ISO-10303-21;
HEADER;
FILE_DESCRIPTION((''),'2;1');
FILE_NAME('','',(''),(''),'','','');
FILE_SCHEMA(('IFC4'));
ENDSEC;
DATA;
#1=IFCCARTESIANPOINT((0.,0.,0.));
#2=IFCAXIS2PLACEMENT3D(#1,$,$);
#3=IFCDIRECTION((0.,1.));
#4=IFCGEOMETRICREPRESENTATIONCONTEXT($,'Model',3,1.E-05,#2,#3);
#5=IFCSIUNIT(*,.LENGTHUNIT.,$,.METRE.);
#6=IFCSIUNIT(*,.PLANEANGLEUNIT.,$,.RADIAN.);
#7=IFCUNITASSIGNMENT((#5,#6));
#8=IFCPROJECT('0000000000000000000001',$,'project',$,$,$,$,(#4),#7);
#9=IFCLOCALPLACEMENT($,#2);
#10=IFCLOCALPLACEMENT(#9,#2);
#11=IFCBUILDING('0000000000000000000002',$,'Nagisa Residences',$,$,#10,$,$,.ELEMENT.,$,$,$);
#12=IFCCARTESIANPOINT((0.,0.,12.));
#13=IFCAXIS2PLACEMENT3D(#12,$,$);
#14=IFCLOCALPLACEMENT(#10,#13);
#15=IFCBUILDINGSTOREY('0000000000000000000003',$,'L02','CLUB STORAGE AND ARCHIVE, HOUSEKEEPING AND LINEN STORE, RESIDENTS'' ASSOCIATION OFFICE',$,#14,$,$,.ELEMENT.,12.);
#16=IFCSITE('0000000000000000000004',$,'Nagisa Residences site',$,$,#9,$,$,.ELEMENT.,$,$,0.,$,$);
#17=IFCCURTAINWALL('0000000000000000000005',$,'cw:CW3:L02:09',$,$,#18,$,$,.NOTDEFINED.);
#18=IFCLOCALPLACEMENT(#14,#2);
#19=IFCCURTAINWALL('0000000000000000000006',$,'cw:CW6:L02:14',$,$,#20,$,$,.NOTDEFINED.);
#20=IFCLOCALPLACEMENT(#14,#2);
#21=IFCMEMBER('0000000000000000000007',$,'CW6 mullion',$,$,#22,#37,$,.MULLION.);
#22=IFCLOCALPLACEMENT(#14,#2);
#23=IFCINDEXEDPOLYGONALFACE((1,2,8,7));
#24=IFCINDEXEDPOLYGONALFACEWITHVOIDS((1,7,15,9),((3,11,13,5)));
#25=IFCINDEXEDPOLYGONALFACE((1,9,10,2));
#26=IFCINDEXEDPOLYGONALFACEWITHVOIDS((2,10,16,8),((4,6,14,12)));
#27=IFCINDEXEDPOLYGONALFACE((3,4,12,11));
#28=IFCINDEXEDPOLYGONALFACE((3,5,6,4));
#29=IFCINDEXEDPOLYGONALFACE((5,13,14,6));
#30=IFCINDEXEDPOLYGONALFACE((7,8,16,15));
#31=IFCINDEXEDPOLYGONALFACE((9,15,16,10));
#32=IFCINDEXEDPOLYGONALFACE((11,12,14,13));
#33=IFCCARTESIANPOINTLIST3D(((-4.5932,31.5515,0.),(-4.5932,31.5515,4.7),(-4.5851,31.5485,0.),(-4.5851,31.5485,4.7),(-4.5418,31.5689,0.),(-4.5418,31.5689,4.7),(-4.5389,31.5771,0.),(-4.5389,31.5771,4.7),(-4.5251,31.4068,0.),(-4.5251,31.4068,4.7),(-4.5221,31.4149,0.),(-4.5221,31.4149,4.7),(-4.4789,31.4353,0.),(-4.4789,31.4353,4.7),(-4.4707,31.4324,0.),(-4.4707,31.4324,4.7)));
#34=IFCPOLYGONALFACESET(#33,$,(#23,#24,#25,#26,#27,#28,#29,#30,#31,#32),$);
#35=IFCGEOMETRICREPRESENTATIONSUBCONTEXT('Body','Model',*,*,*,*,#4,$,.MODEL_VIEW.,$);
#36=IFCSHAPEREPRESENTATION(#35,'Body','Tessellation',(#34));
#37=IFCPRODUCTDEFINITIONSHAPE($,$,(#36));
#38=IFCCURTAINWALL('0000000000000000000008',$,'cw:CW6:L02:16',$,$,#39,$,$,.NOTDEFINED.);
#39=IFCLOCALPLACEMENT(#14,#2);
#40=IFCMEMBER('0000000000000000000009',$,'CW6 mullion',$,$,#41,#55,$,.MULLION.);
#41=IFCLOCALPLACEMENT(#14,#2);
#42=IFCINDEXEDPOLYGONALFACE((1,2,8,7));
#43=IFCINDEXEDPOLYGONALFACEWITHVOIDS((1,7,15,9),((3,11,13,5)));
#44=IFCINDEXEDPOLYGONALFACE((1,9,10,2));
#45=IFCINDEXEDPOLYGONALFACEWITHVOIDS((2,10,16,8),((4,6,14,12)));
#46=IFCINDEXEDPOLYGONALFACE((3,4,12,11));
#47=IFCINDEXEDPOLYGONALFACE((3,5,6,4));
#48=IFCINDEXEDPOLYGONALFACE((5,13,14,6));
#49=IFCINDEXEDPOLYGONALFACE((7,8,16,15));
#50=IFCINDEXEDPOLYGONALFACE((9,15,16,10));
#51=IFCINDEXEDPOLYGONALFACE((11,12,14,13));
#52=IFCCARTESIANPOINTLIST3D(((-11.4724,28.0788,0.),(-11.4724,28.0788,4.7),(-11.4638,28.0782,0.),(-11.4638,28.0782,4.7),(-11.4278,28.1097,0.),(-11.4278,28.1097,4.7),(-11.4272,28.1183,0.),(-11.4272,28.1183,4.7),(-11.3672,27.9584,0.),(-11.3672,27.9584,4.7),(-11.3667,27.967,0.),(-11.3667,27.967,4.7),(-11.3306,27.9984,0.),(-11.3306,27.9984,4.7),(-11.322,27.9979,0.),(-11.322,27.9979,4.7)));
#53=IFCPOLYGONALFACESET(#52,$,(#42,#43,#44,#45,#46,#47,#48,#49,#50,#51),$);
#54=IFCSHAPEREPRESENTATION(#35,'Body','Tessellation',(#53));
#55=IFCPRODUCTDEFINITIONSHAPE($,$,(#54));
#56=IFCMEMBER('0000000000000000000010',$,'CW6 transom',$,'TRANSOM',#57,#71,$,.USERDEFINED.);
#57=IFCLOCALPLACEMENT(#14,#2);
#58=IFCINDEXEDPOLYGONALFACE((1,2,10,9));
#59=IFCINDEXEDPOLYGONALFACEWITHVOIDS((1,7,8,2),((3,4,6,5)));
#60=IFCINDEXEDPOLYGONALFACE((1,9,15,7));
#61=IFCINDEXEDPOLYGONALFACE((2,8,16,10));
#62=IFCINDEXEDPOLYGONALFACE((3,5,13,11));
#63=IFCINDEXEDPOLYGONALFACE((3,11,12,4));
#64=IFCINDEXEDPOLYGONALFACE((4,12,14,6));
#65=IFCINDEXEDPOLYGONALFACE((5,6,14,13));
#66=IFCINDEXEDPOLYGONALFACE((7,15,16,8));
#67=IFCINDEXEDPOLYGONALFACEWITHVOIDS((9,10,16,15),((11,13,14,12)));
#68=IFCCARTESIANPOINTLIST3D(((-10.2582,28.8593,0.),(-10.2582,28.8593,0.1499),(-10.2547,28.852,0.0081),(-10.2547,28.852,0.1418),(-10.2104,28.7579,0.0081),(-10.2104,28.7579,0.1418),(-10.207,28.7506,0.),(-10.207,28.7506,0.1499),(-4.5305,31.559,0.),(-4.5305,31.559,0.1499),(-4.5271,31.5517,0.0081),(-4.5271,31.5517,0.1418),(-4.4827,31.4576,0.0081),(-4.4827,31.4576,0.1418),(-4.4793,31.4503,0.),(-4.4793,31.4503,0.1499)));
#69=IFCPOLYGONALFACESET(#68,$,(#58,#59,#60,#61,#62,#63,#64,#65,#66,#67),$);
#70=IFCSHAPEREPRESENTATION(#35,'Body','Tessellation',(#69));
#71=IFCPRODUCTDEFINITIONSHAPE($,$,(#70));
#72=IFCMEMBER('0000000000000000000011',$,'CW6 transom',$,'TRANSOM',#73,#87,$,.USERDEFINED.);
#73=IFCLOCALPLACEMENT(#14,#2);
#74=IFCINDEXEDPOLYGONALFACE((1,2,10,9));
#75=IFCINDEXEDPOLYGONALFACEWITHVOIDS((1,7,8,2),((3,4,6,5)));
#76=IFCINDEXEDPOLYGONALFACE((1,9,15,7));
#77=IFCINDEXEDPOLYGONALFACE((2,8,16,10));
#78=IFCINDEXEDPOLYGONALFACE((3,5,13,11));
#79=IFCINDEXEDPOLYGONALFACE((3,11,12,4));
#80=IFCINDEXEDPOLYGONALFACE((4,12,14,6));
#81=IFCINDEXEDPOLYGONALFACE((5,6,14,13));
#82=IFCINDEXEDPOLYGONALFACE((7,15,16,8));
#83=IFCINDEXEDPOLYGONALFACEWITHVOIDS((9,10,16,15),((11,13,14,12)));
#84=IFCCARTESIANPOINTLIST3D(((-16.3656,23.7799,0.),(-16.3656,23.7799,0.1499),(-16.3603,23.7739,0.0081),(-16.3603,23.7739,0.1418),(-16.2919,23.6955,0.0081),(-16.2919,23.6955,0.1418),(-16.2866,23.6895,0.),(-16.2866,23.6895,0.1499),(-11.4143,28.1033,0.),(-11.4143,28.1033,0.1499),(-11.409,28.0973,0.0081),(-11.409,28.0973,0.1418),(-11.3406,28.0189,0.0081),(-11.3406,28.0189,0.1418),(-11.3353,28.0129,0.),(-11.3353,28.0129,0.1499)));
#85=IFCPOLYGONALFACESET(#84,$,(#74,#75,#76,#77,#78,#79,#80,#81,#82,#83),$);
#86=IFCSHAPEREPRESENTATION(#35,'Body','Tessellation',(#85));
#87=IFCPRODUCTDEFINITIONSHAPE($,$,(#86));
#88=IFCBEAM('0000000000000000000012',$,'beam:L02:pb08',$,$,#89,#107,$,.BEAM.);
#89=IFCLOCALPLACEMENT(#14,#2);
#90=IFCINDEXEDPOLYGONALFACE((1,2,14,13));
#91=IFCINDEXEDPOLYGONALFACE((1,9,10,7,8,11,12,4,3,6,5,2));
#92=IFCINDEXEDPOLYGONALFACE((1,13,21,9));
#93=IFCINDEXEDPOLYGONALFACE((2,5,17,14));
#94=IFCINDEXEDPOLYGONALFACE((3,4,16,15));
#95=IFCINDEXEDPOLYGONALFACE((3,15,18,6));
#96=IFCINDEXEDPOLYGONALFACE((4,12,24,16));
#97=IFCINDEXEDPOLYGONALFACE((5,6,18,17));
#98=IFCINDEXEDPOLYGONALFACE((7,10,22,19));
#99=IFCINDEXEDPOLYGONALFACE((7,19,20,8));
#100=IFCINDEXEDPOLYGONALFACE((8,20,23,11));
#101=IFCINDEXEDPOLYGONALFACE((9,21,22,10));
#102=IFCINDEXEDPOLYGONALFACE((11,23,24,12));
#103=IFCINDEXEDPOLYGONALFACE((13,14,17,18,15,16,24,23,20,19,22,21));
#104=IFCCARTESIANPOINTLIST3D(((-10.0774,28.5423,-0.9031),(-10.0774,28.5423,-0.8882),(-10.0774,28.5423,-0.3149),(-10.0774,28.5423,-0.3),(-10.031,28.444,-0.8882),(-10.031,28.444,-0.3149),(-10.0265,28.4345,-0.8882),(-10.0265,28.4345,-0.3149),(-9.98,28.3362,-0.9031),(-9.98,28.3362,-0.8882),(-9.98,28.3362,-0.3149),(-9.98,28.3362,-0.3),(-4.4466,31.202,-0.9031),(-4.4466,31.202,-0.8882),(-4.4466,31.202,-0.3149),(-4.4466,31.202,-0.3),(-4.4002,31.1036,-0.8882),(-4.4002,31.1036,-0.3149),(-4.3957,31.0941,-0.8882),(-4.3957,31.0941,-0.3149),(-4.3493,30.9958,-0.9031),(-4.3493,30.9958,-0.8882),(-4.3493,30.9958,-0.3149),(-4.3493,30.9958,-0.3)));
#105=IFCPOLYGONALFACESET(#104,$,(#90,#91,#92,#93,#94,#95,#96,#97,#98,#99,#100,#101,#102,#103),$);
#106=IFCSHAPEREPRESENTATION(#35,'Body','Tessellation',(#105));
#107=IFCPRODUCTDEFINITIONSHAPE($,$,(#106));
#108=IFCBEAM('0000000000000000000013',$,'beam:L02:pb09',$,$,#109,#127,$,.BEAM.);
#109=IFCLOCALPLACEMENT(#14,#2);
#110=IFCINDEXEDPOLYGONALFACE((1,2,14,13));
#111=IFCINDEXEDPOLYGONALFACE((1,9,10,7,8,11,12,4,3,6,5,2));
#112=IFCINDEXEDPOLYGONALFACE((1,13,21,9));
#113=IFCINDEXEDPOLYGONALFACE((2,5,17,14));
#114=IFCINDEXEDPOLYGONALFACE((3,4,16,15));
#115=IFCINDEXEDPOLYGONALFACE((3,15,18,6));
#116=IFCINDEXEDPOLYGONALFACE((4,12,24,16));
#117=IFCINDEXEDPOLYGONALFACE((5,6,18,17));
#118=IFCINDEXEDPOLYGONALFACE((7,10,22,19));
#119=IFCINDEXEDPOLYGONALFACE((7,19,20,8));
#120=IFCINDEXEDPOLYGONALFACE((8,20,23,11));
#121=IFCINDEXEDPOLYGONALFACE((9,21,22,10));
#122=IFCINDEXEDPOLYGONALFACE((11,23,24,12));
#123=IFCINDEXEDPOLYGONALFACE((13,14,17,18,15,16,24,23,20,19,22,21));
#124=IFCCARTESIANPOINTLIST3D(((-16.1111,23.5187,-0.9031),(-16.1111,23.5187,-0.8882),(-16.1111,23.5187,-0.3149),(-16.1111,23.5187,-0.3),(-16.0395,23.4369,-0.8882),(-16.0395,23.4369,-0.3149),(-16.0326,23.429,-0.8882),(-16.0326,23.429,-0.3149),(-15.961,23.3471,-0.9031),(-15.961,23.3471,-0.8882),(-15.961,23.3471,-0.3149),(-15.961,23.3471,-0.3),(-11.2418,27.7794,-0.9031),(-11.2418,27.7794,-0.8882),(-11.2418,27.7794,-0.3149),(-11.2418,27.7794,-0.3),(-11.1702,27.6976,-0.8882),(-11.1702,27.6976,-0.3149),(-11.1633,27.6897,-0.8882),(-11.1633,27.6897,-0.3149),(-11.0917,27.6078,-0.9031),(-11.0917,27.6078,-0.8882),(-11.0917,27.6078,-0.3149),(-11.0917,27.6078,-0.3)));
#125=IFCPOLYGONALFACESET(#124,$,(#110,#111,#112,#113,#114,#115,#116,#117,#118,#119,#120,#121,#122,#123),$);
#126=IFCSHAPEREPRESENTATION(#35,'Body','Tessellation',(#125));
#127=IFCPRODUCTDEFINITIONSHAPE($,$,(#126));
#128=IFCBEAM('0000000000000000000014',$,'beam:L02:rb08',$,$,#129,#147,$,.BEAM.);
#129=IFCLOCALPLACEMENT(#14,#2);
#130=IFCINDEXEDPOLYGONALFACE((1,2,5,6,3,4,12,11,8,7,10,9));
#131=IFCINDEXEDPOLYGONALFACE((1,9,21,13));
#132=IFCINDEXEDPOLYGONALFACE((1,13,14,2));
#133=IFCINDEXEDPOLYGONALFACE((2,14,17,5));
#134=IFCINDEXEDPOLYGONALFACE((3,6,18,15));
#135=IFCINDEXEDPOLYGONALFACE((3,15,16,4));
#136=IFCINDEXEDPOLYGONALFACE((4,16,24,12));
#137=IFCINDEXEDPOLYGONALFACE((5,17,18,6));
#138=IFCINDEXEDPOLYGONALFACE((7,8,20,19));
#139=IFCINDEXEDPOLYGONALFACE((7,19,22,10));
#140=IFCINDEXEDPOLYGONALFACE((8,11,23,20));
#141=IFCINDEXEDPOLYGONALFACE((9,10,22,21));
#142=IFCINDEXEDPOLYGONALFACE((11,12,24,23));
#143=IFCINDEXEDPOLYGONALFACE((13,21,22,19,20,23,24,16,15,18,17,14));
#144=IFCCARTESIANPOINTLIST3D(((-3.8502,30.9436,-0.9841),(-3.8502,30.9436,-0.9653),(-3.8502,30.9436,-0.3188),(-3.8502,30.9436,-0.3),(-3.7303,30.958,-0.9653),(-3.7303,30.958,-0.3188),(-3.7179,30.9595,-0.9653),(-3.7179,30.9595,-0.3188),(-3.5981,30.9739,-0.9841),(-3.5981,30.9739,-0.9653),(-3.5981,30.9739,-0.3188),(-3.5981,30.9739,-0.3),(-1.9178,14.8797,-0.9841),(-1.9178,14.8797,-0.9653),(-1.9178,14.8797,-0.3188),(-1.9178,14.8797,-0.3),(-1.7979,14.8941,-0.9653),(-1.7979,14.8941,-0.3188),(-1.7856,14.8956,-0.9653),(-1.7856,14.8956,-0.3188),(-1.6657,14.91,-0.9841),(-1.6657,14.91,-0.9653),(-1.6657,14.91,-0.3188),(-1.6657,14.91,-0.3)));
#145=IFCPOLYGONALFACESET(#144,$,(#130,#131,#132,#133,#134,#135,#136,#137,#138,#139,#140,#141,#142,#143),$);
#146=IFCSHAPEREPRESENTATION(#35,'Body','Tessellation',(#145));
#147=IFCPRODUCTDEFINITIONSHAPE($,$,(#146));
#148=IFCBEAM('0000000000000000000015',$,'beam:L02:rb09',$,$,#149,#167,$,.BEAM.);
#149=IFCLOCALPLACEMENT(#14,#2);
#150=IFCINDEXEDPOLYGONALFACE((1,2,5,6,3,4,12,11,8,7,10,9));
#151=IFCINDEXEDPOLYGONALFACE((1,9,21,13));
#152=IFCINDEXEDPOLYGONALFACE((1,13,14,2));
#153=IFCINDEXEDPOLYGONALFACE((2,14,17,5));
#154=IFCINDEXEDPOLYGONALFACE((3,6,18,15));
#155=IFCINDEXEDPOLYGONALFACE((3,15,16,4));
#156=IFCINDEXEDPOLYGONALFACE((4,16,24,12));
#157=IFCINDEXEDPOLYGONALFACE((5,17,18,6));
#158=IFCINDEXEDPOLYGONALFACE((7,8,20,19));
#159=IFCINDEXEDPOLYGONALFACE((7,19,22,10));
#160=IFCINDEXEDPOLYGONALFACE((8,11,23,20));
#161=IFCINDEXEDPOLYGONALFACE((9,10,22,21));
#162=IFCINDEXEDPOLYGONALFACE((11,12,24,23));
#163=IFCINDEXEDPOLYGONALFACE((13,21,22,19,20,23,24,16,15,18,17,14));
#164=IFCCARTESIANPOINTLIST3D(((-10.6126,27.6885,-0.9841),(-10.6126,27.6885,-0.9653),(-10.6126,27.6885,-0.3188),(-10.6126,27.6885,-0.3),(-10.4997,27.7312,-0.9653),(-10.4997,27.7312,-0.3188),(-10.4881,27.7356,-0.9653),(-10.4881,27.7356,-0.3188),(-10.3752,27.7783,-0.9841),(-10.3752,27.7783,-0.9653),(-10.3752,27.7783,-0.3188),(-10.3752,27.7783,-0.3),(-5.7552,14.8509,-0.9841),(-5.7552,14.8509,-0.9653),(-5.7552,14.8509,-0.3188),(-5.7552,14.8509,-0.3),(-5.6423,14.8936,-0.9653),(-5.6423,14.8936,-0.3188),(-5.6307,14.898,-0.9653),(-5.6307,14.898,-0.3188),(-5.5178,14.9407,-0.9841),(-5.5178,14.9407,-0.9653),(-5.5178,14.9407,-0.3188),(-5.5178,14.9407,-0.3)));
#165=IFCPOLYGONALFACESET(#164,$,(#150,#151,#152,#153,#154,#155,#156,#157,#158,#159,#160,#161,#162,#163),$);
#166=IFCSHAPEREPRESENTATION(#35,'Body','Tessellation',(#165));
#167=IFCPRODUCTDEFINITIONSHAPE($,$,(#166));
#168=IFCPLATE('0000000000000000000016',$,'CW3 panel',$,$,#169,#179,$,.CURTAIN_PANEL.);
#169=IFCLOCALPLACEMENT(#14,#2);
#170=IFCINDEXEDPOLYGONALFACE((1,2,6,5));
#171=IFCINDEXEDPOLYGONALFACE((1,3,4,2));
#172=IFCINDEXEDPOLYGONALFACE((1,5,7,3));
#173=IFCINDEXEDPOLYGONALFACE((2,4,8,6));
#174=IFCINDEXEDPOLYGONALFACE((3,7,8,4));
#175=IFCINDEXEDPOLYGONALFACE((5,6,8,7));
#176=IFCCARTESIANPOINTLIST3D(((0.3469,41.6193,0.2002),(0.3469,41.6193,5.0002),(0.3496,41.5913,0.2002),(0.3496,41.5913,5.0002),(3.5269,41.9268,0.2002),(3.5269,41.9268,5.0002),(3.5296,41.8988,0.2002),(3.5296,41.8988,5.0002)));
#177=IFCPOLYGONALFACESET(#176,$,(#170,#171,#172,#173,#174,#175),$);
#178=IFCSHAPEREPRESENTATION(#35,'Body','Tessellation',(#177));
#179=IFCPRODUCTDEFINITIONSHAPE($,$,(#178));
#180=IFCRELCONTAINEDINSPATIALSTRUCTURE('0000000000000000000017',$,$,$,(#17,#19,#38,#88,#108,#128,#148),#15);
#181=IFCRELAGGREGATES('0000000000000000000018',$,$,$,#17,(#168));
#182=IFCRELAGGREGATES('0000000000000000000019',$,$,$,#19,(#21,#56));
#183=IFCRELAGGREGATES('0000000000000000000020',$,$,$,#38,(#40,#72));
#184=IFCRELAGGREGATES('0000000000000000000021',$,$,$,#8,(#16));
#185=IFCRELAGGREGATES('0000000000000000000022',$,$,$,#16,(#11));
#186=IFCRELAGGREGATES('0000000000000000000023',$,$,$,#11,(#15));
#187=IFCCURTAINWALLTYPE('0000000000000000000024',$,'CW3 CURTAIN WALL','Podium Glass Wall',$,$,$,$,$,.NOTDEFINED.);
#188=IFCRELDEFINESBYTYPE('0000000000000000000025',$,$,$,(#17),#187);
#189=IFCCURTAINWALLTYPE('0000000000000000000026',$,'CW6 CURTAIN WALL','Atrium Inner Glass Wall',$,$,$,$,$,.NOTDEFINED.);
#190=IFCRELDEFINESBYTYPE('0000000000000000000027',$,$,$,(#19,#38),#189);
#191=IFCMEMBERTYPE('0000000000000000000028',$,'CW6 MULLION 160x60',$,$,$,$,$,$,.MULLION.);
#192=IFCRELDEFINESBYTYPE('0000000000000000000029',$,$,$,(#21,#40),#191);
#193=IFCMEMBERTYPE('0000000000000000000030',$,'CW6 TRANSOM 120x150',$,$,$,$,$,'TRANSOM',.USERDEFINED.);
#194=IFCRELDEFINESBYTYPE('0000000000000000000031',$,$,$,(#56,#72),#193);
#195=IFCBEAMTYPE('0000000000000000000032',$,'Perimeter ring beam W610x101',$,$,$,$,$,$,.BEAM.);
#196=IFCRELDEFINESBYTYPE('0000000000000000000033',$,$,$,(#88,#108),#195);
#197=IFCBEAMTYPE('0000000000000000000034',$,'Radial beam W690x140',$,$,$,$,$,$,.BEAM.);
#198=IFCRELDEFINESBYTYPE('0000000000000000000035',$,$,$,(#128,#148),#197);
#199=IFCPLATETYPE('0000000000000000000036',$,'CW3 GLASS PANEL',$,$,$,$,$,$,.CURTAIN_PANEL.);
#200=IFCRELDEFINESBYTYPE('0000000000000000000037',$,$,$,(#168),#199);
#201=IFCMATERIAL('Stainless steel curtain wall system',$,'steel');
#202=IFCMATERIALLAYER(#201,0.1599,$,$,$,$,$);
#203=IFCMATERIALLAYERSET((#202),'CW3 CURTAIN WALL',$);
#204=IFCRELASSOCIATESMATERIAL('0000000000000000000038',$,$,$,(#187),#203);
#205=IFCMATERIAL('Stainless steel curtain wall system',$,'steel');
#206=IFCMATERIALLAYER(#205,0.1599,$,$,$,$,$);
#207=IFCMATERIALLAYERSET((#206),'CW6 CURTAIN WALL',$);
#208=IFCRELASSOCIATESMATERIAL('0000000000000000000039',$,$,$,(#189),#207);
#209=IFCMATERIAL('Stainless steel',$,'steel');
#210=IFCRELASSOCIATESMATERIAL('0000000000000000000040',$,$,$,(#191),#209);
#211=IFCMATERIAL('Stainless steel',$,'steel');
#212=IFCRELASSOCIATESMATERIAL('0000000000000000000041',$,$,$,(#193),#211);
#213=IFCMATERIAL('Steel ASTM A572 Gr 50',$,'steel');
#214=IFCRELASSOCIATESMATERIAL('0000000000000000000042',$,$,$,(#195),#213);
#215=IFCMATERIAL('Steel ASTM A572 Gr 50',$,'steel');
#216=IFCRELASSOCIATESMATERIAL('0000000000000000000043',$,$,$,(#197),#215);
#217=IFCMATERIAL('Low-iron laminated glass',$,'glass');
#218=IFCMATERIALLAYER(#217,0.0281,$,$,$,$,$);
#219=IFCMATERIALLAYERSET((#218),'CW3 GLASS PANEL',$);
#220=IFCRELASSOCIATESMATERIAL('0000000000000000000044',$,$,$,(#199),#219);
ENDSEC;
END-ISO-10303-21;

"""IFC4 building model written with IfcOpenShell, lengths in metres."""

from ifc_helpers import new_model, si_unit, direction, frame, origin, origin_2d, place, context, subcontext, project, spatial, rectangle, hollow_rectangle, i_section, extrude, material, layer, layer_set, material_profile, profile_set, type_object, element, aggregate, save


model = new_model("IFC4")

# Units and contexts
model_context = context("Model", 3, precision=1e-05, world=origin(), true_north=direction((0.0, 1.0)))
body_context = subcontext(model_context, "Body", "Model", "MODEL_VIEW")
ifc_project = project(units=[si_unit("LENGTHUNIT", "METRE"), si_unit("PLANEANGLEUNIT", "RADIAN")], contexts=[model_context])

# Site, building, storey
site_placement = place(None, origin())
site = spatial("IfcSite", under=ifc_project, at=site_placement, Name="Nagisa Residences site", CompositionType="ELEMENT", RefElevation=0.0)
building_placement = place(site_placement, origin())
building = spatial("IfcBuilding", under=site, at=building_placement, Name="Nagisa Residences", CompositionType="ELEMENT")
storey_placement = place(building_placement, frame((0.0, 0.0, 12.0)))
storey = spatial("IfcBuildingStorey", under=building, at=storey_placement, Name="L02", Description="CLUB STORAGE AND ARCHIVE, HOUSEKEEPING AND LINEN STORE, RESIDENTS' ASSOCIATION OFFICE", CompositionType="ELEMENT", Elevation=12.0)

# Curtain wall
ifc_material_1 = material(Name="Stainless steel curtain wall system", Category="steel")
ifc_layer_1 = layer(ifc_material_1, 0.1599)
ifc_layer_set_1 = layer_set([ifc_layer_1], Name="CW3 CURTAIN WALL")
curtain_wall_type_1 = type_object("IfcCurtainWallType", Name="CW3 CURTAIN WALL", Description="Podium Glass Wall", PredefinedType="NOTDEFINED", material=ifc_layer_set_1)
curtain_wall_1_placement = place(storey_placement, origin())
curtain_wall_1 = element("IfcCurtainWall", 1, at=curtain_wall_1_placement, inside=storey, type_object=curtain_wall_type_1, Name="cw:CW3:L02:09", PredefinedType="NOTDEFINED")

# Curtain walls, members
ifc_material_2 = material(Name="Stainless steel curtain wall system", Category="steel")
ifc_layer_2 = layer(ifc_material_2, 0.1599)
ifc_layer_set_2 = layer_set([ifc_layer_2], Name="CW6 CURTAIN WALL")
curtain_wall_type_2 = type_object("IfcCurtainWallType", Name="CW6 CURTAIN WALL", Description="Atrium Inner Glass Wall", PredefinedType="NOTDEFINED", material=ifc_layer_set_2)
curtain_wall_2_placement = place(storey_placement, origin())
curtain_wall_2 = element("IfcCurtainWall", 2, at=curtain_wall_2_placement, inside=storey, type_object=curtain_wall_type_2, Name="cw:CW6:L02:14", PredefinedType="NOTDEFINED")
ifc_material_3 = material(Name="Stainless steel", Category="steel")
ifc_material_profile_1 = material_profile(ifc_material_3, hollow_rectangle(XDim=0.1599, YDim=0.0601, WallThickness=0.0061, at=origin_2d()), Name="CW6 MULLION 160x60")
ifc_profile_set_1 = profile_set([ifc_material_profile_1], Name="Stainless steel")
member_type_1 = type_object("IfcMemberType", Name="CW6 MULLION 160x60", PredefinedType="MULLION", material=ifc_profile_set_1)
member_1_placement = place(storey_placement, frame((-4.532, 31.4919, 0.0), z_axis=(0.0, 0.0, 1.0), x_axis=(0.426358, -0.904554, 0.0)))
member_1 = element("IfcMember", 3, at=member_1_placement, type_object=member_type_1, Name="CW6 mullion", PredefinedType="MULLION", context=body_context, shape_type="SweptSolid", body=[
    extrude(hollow_rectangle(XDim=0.1599, YDim=0.0601, WallThickness=0.0061, at=origin_2d()), origin(), (0.0, 0.0, 1.0), 4.7),
])
curtain_wall_3_placement = place(storey_placement, origin())
curtain_wall_3 = element("IfcCurtainWall", 4, at=curtain_wall_3_placement, inside=storey, type_object=curtain_wall_type_2, Name="cw:CW6:L02:16", PredefinedType="NOTDEFINED")
member_2_placement = place(storey_placement, frame((-11.3972, 28.0383, 0.0), z_axis=(0.0, 0.0, 1.0), x_axis=(0.657721, -0.753261, 0.0)))
member_2 = element("IfcMember", 5, at=member_2_placement, type_object=member_type_1, Name="CW6 mullion", PredefinedType="MULLION", context=body_context, shape_type="SweptSolid", body=[
    extrude(hollow_rectangle(XDim=0.1599, YDim=0.0601, WallThickness=0.0061, at=origin_2d()), origin(), (0.0, 0.0, 1.0), 4.7),
])

# Members
ifc_material_4 = material(Name="Stainless steel", Category="steel")
ifc_material_profile_2 = material_profile(ifc_material_4, hollow_rectangle(XDim=0.1201, YDim=0.1499, WallThickness=0.0081, at=origin_2d()), Name="CW6 TRANSOM 120x150")
ifc_profile_set_2 = profile_set([ifc_material_profile_2], Name="Stainless steel")
member_type_2 = type_object("IfcMemberType", Name="CW6 TRANSOM 120x150", ElementType="TRANSOM", PredefinedType="USERDEFINED", material=ifc_profile_set_2)
member_3_placement = place(storey_placement, frame((-4.5049, 31.5046, 0.075), z_axis=(-0.904558, -0.42635, 0.0), x_axis=(0.42635, -0.904558, 0.0)))
member_3 = element("IfcMember", 6, at=member_3_placement, type_object=member_type_2, Name="CW6 transom", ObjectType="TRANSOM", PredefinedType="USERDEFINED", context=body_context, shape_type="SweptSolid", body=[
    extrude(hollow_rectangle(XDim=0.1201, YDim=0.1499, WallThickness=0.0081, at=origin_2d()), origin(), (0.0, 0.0, 1.0), 6.332),
])
member_4_placement = place(storey_placement, frame((-11.3748, 28.0581, 0.075), z_axis=(-0.753255, -0.657729, 0.0), x_axis=(0.657729, -0.753255, 0.0)))
member_4 = element("IfcMember", 7, at=member_4_placement, type_object=member_type_2, Name="CW6 transom", ObjectType="TRANSOM", PredefinedType="USERDEFINED", context=body_context, shape_type="SweptSolid", body=[
    extrude(hollow_rectangle(XDim=0.1201, YDim=0.1499, WallThickness=0.0081, at=origin_2d()), origin(), (0.0, 0.0, 1.0), 6.5732),
])

# Beams
ifc_material_5 = material(Name="Steel ASTM A572 Gr 50", Category="steel")
ifc_material_profile_3 = material_profile(ifc_material_5, i_section(OverallWidth=0.228, OverallDepth=0.603, WebThickness=0.0105, FlangeThickness=0.0149, at=origin_2d()), Name="W610x101")
ifc_profile_set_3 = profile_set([ifc_material_profile_3], Name="Steel ASTM A572 Gr 50")
beam_type_1 = type_object("IfcBeamType", Name="Perimeter ring beam W610x101", PredefinedType="BEAM", material=ifc_profile_set_3)
beam_1_placement = place(storey_placement, frame((-4.3979, 31.0989, -0.6016), z_axis=(-0.904208, -0.427092, 0.0), x_axis=(0.427092, -0.904208, 0.0)))
element("IfcBeam", 8, at=beam_1_placement, inside=storey, type_object=beam_type_1, Name="beam:L02:pb08", PredefinedType="BEAM", context=body_context, shape_type="SweptSolid", body=[
    extrude(i_section(OverallWidth=0.228, OverallDepth=0.603, WebThickness=0.0105, FlangeThickness=0.0149, at=origin_2d()), origin(), (0.0, 0.0, 1.0), 6.2273),
])
beam_2_placement = place(storey_placement, frame((-11.1667, 27.6936, -0.6016), z_axis=(-0.752574, -0.658507, 0.0), x_axis=(0.658507, -0.752574, 0.0)))
element("IfcBeam", 9, at=beam_2_placement, inside=storey, type_object=beam_type_1, Name="beam:L02:pb09", PredefinedType="BEAM", context=body_context, shape_type="SweptSolid", body=[
    extrude(i_section(OverallWidth=0.228, OverallDepth=0.603, WebThickness=0.0105, FlangeThickness=0.0149, at=origin_2d()), origin(), (0.0, 0.0, 1.0), 6.4702),
])
ifc_material_6 = material(Name="Steel ASTM A572 Gr 50", Category="steel")
ifc_material_profile_4 = material_profile(ifc_material_6, i_section(OverallWidth=0.2539, OverallDepth=0.6841, WebThickness=0.0125, FlangeThickness=0.0188, at=origin_2d()), Name="W690x140")
ifc_profile_set_4 = profile_set([ifc_material_profile_4], Name="Steel ASTM A572 Gr 50")
beam_type_2 = type_object("IfcBeamType", Name="Radial beam W690x140", PredefinedType="BEAM", material=ifc_profile_set_4)
beam_3_placement = place(storey_placement, frame((-3.7241, 30.9587, -0.6421), z_axis=(0.119431, -0.992842, 0.0), x_axis=(0.992842, 0.119431, 0.0)))
element("IfcBeam", 10, at=beam_3_placement, inside=storey, type_object=beam_type_2, Name="beam:L02:rb08", PredefinedType="BEAM", context=body_context, shape_type="SweptSolid", body=[
    extrude(i_section(OverallWidth=0.2539, OverallDepth=0.6841, WebThickness=0.0125, FlangeThickness=0.0188, at=origin_2d()), origin(), (0.0, 0.0, 1.0), 16.1797),
])
beam_4_placement = place(storey_placement, frame((-10.4939, 27.7334, -0.6421), z_axis=(0.353888, -0.935288, 0.0), x_axis=(0.935288, 0.353888, 0.0)))
element("IfcBeam", 11, at=beam_4_placement, inside=storey, type_object=beam_type_2, Name="beam:L02:rb09", PredefinedType="BEAM", context=body_context, shape_type="SweptSolid", body=[
    extrude(i_section(OverallWidth=0.2539, OverallDepth=0.6841, WebThickness=0.0125, FlangeThickness=0.0188, at=origin_2d()), origin(), (0.0, 0.0, 1.0), 13.7258),
])

# Plate
ifc_material_7 = material(Name="Low-iron laminated glass", Category="glass")
ifc_layer_3 = layer(ifc_material_7, 0.0281)
ifc_layer_set_3 = layer_set([ifc_layer_3], Name="CW3 GLASS PANEL")
plate_type_1 = type_object("IfcPlateType", Name="CW3 GLASS PANEL", PredefinedType="CURTAIN_PANEL", material=ifc_layer_set_3)
plate_1_placement = place(storey_placement, frame((1.9382, 41.759, 0.2002), z_axis=(0.0, 0.0, 1.0), x_axis=(-0.995357, -0.096249, 0.0)))
plate_1 = element("IfcPlate", 12, at=plate_1_placement, type_object=plate_type_1, Name="CW3 panel", PredefinedType="CURTAIN_PANEL", context=body_context, shape_type="SweptSolid", body=[
    extrude(rectangle(XDim=3.1948, YDim=0.0281, at=origin_2d()), origin(), (0.0, 0.0, 1.0), 4.8),
])
aggregate(curtain_wall_1, [plate_1])

aggregate(curtain_wall_2, [member_1, member_3])
aggregate(curtain_wall_3, [member_2, member_4])

save(model, "model.ifc")
